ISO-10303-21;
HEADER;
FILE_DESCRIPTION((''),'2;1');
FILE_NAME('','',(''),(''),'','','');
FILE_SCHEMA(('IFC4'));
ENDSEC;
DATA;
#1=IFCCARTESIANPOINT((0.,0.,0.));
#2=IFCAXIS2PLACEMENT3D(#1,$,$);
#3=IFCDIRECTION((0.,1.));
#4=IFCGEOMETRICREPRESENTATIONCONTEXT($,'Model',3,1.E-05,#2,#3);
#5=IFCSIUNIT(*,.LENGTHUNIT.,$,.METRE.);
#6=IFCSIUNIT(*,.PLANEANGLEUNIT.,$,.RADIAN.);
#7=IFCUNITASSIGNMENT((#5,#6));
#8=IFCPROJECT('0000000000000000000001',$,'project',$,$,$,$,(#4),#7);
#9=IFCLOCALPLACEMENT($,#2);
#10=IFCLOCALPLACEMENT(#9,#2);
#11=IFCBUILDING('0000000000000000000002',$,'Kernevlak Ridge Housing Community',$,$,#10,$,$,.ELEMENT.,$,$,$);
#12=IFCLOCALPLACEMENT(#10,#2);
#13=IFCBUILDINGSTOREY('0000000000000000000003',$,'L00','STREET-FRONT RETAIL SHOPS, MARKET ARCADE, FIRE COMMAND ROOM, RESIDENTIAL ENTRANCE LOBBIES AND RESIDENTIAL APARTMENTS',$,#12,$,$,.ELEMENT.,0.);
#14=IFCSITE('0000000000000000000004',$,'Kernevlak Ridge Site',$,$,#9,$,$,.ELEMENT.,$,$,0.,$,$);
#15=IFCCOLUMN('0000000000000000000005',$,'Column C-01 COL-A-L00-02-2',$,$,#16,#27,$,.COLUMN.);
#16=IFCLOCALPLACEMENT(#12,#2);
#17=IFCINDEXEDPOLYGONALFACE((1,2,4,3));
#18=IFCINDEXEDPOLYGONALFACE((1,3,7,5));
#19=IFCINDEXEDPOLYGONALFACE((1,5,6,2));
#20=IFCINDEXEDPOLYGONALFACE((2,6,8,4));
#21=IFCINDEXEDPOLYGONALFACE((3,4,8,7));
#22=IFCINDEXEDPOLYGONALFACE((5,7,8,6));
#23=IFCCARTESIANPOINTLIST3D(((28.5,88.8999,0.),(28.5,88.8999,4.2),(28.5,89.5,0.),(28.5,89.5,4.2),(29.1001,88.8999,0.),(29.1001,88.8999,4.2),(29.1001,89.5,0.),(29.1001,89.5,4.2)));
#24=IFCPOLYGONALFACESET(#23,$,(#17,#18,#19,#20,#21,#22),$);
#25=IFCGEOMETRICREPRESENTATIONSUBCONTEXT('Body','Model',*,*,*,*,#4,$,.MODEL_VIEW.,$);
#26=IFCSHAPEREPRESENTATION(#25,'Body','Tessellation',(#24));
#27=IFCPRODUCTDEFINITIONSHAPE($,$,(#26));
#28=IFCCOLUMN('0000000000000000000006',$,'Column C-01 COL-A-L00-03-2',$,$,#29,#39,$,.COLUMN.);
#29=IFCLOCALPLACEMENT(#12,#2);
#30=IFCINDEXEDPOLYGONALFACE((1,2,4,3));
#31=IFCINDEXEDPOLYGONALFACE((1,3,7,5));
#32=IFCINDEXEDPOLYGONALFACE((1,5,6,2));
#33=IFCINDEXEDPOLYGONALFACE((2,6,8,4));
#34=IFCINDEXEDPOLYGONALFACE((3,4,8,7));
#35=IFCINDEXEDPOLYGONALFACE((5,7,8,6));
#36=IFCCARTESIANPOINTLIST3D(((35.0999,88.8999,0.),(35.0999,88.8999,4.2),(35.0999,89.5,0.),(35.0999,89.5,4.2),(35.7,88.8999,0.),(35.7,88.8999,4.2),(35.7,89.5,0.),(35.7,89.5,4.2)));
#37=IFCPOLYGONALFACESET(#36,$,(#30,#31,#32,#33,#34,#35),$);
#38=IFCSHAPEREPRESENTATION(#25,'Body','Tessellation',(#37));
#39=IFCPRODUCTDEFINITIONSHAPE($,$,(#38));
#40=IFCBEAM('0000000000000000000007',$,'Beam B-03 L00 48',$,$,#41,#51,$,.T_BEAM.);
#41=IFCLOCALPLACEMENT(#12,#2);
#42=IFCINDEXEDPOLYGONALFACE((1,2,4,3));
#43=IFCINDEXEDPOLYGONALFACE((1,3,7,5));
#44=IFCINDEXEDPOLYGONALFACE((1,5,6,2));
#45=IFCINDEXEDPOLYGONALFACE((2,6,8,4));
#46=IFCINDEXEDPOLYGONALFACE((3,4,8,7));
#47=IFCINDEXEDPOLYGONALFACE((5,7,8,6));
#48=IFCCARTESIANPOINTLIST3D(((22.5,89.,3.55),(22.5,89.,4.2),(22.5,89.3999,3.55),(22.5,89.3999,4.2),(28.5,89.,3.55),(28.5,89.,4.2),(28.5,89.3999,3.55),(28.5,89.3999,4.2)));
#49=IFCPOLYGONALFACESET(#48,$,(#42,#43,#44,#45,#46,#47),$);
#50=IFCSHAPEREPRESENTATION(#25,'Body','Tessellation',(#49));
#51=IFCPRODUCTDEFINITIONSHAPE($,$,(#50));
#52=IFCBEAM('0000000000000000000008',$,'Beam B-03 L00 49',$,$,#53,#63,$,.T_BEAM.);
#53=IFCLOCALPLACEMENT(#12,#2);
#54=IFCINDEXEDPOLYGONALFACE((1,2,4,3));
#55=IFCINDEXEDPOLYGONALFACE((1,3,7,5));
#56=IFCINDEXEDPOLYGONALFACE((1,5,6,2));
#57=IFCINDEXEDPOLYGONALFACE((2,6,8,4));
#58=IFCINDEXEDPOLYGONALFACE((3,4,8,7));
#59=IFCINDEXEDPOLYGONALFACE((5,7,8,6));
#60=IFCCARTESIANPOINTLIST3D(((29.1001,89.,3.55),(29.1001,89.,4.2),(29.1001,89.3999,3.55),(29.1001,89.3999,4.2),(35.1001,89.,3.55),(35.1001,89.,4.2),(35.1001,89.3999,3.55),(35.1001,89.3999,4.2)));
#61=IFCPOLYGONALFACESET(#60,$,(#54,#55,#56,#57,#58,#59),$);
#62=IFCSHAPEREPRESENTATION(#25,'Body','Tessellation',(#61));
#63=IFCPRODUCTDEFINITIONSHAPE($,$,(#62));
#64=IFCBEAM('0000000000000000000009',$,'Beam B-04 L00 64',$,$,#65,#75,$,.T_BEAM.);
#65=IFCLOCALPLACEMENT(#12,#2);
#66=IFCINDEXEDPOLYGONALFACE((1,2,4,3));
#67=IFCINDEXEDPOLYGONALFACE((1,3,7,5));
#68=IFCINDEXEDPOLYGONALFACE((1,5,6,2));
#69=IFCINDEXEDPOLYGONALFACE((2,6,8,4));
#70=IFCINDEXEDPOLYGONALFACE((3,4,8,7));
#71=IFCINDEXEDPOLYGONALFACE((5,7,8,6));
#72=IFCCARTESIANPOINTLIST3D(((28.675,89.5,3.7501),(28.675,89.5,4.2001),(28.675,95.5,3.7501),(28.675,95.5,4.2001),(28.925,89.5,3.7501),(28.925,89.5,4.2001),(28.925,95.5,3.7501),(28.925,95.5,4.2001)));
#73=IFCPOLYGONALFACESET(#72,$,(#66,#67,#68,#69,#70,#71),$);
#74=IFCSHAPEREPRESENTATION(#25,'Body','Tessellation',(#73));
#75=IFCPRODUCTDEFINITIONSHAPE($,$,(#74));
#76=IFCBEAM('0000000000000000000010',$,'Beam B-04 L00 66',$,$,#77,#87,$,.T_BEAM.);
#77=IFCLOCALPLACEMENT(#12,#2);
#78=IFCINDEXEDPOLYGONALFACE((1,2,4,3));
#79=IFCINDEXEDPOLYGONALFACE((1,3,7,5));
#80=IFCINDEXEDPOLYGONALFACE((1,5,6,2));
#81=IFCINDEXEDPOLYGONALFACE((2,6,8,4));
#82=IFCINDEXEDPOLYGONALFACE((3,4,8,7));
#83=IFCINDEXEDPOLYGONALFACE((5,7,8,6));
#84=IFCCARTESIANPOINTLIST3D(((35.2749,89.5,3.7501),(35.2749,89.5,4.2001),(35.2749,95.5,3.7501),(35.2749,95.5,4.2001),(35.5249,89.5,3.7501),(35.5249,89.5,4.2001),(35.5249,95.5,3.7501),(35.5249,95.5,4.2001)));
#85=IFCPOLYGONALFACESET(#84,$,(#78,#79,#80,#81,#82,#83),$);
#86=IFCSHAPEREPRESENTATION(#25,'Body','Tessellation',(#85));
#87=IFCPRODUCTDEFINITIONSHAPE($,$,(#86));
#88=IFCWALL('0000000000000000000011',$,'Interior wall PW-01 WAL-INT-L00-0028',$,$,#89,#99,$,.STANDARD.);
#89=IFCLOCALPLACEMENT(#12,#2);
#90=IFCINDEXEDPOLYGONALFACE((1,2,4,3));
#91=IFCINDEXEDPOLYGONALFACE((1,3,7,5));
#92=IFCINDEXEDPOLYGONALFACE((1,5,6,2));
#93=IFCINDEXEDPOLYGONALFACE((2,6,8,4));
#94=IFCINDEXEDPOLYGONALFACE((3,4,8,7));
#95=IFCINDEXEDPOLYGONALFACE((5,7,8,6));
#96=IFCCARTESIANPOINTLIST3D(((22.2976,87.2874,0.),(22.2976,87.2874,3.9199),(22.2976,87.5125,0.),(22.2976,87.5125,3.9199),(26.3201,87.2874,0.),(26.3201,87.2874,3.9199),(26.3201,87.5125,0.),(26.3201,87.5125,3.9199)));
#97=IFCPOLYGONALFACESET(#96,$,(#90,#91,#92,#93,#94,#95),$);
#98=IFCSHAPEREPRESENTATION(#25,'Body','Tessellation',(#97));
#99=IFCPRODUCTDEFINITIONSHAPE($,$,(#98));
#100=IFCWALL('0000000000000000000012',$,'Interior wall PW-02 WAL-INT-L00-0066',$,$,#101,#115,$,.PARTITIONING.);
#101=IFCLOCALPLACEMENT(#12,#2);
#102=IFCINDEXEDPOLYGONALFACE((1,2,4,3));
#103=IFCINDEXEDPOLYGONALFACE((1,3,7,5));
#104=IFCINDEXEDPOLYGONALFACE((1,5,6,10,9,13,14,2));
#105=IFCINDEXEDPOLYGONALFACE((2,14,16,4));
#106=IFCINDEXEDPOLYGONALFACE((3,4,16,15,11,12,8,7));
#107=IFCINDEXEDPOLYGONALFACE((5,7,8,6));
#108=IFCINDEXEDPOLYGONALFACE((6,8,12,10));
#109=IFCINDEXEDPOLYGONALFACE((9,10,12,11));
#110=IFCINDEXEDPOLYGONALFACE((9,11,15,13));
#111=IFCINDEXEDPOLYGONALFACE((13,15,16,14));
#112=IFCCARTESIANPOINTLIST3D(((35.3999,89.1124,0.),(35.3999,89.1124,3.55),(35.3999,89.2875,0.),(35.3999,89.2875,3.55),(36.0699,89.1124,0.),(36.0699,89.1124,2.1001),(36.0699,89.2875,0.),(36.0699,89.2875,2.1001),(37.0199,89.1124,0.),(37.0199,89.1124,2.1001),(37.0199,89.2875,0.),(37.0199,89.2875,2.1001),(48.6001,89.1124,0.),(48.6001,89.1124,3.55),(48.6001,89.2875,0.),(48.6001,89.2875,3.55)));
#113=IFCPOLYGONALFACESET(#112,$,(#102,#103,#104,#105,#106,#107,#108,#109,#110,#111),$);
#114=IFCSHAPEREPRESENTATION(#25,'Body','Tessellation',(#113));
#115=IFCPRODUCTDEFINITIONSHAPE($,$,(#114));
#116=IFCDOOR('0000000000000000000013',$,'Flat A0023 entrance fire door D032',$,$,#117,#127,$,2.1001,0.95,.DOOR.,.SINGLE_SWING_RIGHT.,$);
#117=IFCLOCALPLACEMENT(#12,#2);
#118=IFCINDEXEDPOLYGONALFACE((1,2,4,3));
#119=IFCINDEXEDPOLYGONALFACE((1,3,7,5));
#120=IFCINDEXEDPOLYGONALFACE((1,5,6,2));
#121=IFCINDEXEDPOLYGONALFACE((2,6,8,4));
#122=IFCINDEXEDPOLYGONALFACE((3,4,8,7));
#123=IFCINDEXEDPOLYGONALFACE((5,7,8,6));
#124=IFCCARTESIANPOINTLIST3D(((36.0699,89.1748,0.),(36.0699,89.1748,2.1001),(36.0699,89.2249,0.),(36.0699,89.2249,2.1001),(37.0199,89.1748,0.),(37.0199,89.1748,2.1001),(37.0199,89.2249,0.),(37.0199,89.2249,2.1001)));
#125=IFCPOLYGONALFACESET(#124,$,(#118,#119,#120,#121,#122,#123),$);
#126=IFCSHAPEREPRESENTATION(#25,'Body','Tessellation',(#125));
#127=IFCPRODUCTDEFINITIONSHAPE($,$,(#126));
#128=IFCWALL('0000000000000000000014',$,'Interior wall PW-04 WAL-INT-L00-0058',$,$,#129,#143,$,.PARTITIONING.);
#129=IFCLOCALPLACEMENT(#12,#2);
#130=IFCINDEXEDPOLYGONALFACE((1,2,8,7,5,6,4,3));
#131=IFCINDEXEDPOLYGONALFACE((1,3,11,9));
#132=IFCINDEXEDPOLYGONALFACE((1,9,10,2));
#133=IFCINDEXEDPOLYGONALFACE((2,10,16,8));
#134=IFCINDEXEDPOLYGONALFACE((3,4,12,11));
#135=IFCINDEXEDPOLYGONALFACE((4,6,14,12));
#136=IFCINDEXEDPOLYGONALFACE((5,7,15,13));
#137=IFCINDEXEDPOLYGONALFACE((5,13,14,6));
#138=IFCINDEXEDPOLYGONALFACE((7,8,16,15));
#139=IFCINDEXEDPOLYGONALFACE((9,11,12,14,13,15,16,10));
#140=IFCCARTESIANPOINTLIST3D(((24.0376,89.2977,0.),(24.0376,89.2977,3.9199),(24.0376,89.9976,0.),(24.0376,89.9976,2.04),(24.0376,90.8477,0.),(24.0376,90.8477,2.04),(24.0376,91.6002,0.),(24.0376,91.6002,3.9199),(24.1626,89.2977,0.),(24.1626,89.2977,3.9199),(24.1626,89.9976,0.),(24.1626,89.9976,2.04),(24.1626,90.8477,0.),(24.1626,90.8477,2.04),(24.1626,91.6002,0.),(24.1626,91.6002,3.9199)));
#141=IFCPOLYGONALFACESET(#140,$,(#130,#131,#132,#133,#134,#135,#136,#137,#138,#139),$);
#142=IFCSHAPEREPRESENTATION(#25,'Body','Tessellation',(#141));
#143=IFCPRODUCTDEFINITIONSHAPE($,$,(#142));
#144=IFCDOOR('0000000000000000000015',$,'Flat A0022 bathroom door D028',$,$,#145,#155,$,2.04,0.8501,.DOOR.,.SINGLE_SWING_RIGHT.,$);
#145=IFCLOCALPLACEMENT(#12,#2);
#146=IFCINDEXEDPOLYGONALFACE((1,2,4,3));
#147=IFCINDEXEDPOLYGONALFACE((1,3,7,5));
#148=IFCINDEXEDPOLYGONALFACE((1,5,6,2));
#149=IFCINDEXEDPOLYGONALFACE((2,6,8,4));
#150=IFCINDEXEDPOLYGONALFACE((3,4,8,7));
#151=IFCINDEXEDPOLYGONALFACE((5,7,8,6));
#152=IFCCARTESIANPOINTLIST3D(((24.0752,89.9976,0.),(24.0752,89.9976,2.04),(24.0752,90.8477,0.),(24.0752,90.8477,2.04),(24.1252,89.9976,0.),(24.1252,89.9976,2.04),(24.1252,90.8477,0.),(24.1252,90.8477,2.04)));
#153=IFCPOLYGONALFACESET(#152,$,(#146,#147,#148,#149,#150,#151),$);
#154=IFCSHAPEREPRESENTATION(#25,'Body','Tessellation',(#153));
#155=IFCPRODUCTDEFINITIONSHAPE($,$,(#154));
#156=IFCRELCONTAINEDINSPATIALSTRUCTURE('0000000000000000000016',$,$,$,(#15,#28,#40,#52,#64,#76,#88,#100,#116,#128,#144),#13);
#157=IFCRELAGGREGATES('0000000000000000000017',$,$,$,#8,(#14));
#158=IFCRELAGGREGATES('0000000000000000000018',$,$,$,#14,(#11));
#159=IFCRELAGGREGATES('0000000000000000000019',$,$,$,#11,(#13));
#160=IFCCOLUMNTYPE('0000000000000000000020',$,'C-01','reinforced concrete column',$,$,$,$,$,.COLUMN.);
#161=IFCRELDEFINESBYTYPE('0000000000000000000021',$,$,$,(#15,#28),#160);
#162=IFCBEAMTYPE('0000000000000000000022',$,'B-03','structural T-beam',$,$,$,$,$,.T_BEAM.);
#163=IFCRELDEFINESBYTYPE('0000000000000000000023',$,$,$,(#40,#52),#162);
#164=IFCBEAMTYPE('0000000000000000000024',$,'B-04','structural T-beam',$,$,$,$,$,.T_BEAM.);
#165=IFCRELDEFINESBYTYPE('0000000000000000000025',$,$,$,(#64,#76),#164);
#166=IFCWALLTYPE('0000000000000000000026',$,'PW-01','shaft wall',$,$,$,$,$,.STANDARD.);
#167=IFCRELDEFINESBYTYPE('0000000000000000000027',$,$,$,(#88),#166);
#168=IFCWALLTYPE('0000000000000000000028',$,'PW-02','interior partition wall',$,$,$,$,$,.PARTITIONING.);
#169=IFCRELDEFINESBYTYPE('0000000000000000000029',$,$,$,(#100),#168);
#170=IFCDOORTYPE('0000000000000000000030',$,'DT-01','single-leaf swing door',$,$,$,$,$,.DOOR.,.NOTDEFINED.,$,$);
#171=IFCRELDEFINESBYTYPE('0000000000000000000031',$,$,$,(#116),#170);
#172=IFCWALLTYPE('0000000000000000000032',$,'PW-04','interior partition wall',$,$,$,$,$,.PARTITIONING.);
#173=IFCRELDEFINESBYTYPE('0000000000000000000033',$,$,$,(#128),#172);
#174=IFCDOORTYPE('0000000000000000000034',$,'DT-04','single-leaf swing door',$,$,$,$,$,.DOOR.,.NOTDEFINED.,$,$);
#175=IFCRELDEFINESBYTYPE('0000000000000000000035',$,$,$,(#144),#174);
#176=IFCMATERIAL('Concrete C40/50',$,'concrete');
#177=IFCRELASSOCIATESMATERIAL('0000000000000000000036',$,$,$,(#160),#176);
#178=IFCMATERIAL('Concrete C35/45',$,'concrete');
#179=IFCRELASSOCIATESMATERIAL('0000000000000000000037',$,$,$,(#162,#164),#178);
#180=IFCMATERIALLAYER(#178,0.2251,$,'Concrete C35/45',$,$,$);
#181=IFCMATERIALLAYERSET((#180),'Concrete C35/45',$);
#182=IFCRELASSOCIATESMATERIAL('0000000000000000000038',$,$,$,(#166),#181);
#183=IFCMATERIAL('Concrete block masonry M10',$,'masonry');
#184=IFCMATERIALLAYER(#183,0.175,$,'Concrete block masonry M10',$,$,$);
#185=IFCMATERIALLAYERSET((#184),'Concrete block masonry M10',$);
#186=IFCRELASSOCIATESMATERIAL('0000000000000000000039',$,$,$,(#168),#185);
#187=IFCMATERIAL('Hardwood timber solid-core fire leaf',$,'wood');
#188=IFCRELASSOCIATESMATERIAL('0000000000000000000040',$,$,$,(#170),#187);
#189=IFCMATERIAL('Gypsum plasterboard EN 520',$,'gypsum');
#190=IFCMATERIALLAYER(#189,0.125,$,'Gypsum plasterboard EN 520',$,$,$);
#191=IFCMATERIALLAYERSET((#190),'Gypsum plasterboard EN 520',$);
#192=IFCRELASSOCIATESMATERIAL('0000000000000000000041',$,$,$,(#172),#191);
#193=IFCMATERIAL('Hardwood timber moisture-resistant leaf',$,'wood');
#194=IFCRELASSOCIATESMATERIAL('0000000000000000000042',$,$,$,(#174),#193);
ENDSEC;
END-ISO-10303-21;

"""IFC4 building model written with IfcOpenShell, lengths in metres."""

from ifc_helpers import new_model, si_unit, direction, frame, frame_2d, origin, origin_2d, place, context, subcontext, project, spatial, rectangle, extrude, material, layer, layer_set, material_profile, profile_set, type_object, element, fill, save


model = new_model("IFC4")

# Units and contexts
model_context = context("Model", 3, precision=1e-05, world=origin(), true_north=direction((0.0, 1.0)))
body_context = subcontext(model_context, "Body", "Model", "MODEL_VIEW")
ifc_project = project(units=[si_unit("LENGTHUNIT", "METRE"), si_unit("PLANEANGLEUNIT", "RADIAN")], contexts=[model_context])

# Site, building, storey
site_placement = place(None, origin())
site = spatial("IfcSite", under=ifc_project, at=site_placement, Name="Kernevlak Ridge Site", CompositionType="ELEMENT", RefElevation=0.0)
building_placement = place(site_placement, origin())
building = spatial("IfcBuilding", under=site, at=building_placement, Name="Kernevlak Ridge Housing Community", CompositionType="ELEMENT")
storey_placement = place(building_placement, origin())
storey = spatial("IfcBuildingStorey", under=building, at=storey_placement, Name="L00", Description="STREET-FRONT RETAIL SHOPS, MARKET ARCADE, FIRE COMMAND ROOM, RESIDENTIAL ENTRANCE LOBBIES AND RESIDENTIAL APARTMENTS", CompositionType="ELEMENT", Elevation=0.0)

# Columns
ifc_material_1 = material(Name="Concrete C40/50", Category="concrete")
ifc_material_profile_1 = material_profile(ifc_material_1, rectangle(XDim=0.6001, YDim=0.6001, at=origin_2d()), Name="RC 600x600")
ifc_profile_set_1 = profile_set([ifc_material_profile_1], Name="Concrete C40/50")
column_type = type_object("IfcColumnType", Name="C-01", Description="reinforced concrete column", PredefinedType="COLUMN", material=ifc_profile_set_1)
for number, where, z_axis, x_axis, name in (
    (1, (28.8, 89.2, 0.0), (0.0, 0.0, 1.0), (1.0, 0.0, 0.0), "Column C-01 COL-A-L00-02-2"),
    (2, (35.3999, 89.2, 0.0), (0.0, 0.0, 1.0), (1.0, 0.0, 0.0), "Column C-01 COL-A-L00-03-2"),
):
    element("IfcColumn", number, at=place(storey_placement, frame(where, z_axis=z_axis, x_axis=x_axis)), inside=storey, type_object=column_type, Name=name, PredefinedType="COLUMN", context=body_context, shape_type="SweptSolid", body=[
        extrude(rectangle(XDim=0.6001, YDim=0.6001, at=origin_2d()), origin(), (0.0, 0.0, 1.0), 4.2),
    ])

# Beams
ifc_material_2 = material(Name="Concrete C35/45", Category="concrete")
ifc_material_profile_2 = material_profile(ifc_material_2, rectangle(XDim=0.3999, YDim=0.6499, at=origin_2d()), Name="RC 400x650")
ifc_profile_set_2 = profile_set([ifc_material_profile_2], Name="Concrete C35/45")
beam_type_1 = type_object("IfcBeamType", Name="B-03", Description="structural T-beam", PredefinedType="T_BEAM", material=ifc_profile_set_2)
for number, where, z_axis, x_axis, name in (
    (3, (22.5, 89.2, 3.875), (1.0, 0.0, 0.0), (0.0, 1.0, 0.0), "Beam B-03 L00 48"),
    (4, (29.1001, 89.2, 3.875), (1.0, 0.0, 0.0), (0.0, 1.0, 0.0), "Beam B-03 L00 49"),
):
    element("IfcBeam", number, at=place(storey_placement, frame(where, z_axis=z_axis, x_axis=x_axis)), inside=storey, type_object=beam_type_1, Name=name, PredefinedType="T_BEAM", context=body_context, shape_type="SweptSolid", body=[
        extrude(rectangle(XDim=0.3999, YDim=0.6499, at=origin_2d()), origin(), (0.0, 0.0, 1.0), 6.0),
    ])
ifc_material_profile_3 = material_profile(ifc_material_2, rectangle(XDim=0.25, YDim=0.45, at=origin_2d()), Name="RC 250x450")
ifc_profile_set_3 = profile_set([ifc_material_profile_3], Name="Concrete C35/45")
beam_type_2 = type_object("IfcBeamType", Name="B-04", Description="structural T-beam", PredefinedType="T_BEAM", material=ifc_profile_set_3)
for number, where, z_axis, x_axis, name in (
    (5, (28.8, 89.5, 3.9751), (0.0, 1.0, 0.0), (-1.0, 0.0, 0.0), "Beam B-04 L00 64"),
    (6, (35.3999, 89.5, 3.9751), (0.0, 1.0, 0.0), (-1.0, 0.0, 0.0), "Beam B-04 L00 66"),
):
    element("IfcBeam", number, at=place(storey_placement, frame(where, z_axis=z_axis, x_axis=x_axis)), inside=storey, type_object=beam_type_2, Name=name, PredefinedType="T_BEAM", context=body_context, shape_type="SweptSolid", body=[
        extrude(rectangle(XDim=0.25, YDim=0.45, at=origin_2d()), origin(), (0.0, 0.0, 1.0), 6.0),
    ])

# Wall
ifc_layer_1 = layer(ifc_material_2, 0.2251, Name="Concrete C35/45")
ifc_layer_set_1 = layer_set([ifc_layer_1], Name="Concrete C35/45")
wall_type_1 = type_object("IfcWallType", Name="PW-01", Description="shaft wall", PredefinedType="STANDARD", material=ifc_layer_set_1)
wall_1_placement = place(storey_placement, frame((22.2976, 87.3999, 0.0), z_axis=(0.0, 0.0, 1.0), x_axis=(1.0, 0.0, 0.0)))
element("IfcWall", 7, at=wall_1_placement, inside=storey, type_object=wall_type_1, Name="Interior wall PW-01 WAL-INT-L00-0028", PredefinedType="STANDARD", context=body_context, shape_type="SweptSolid", body=[
    extrude(rectangle(XDim=4.0225, YDim=0.2251, at=frame_2d((2.0112, 0.0))), origin(), (0.0, 0.0, 1.0), 3.9199),
])

# Walls, openings, doors
ifc_material_3 = material(Name="Concrete block masonry M10", Category="masonry")
ifc_layer_2 = layer(ifc_material_3, 0.175, Name="Concrete block masonry M10")
ifc_layer_set_2 = layer_set([ifc_layer_2], Name="Concrete block masonry M10")
wall_type_2 = type_object("IfcWallType", Name="PW-02", Description="interior partition wall", PredefinedType="PARTITIONING", material=ifc_layer_set_2)
wall_2_placement = place(storey_placement, frame((35.3999, 89.2, 0.0), z_axis=(0.0, 0.0, 1.0), x_axis=(1.0, 0.0, 0.0)))
wall_2 = element("IfcWall", 8, at=wall_2_placement, inside=storey, type_object=wall_type_2, Name="Interior wall PW-02 WAL-INT-L00-0066", PredefinedType="PARTITIONING", context=body_context, shape_type="SweptSolid", body=[
    extrude(rectangle(XDim=13.2002, YDim=0.175, at=frame_2d((6.6001, 0.0))), origin(), (0.0, 0.0, 1.0), 3.55),
])
opening_1_placement = place(wall_2_placement, frame((0.6699, 0.0, 0.0)))
opening_1 = element("IfcOpeningElement", 9, at=opening_1_placement, cuts=wall_2, PredefinedType="OPENING", context=body_context, shape_type="SweptSolid", body=[
    extrude(rectangle(XDim=0.95, YDim=2.1001, at=frame_2d((0.4751, 1.05))), frame((0.0, 0.0974, 0.0), z_axis=(0.0, -1.0, 0.0), x_axis=(1.0, 0.0, 0.0)), (0.0, 0.0, 1.0), 0.1951),
])
ifc_material_4 = material(Name="Hardwood timber solid-core fire leaf", Category="wood")
door_type_1 = type_object("IfcDoorType", Name="DT-01", Description="single-leaf swing door", OperationType="NOTDEFINED", PredefinedType="DOOR", material=ifc_material_4)
door_1_placement = place(opening_1_placement, origin())
door_1 = element("IfcDoor", 10, at=door_1_placement, inside=storey, type_object=door_type_1, Name="Flat A0023 entrance fire door D032", OperationType="SINGLE_SWING_RIGHT", OverallHeight=2.1001, OverallWidth=0.95, PredefinedType="DOOR", context=body_context, shape_type="SweptSolid", body=[
    extrude(rectangle(XDim=0.95, YDim=2.1001, at=frame_2d((0.4751, 1.05))), frame((0.0, 0.0249, 0.0), z_axis=(0.0, -1.0, 0.0), x_axis=(1.0, 0.0, 0.0)), (0.0, 0.0, 1.0), 0.05),
])
fill(opening_1, door_1)
ifc_material_5 = material(Name="Gypsum plasterboard EN 520", Category="gypsum")
ifc_layer_3 = layer(ifc_material_5, 0.125, Name="Gypsum plasterboard EN 520")
ifc_layer_set_3 = layer_set([ifc_layer_3], Name="Gypsum plasterboard EN 520")
wall_type_3 = type_object("IfcWallType", Name="PW-04", Description="interior partition wall", PredefinedType="PARTITIONING", material=ifc_layer_set_3)
wall_3_placement = place(storey_placement, frame((24.1001, 89.2976, 0.0), z_axis=(0.0, 0.0, 1.0), x_axis=(0.0, 1.0, 0.0)))
wall_3 = element("IfcWall", 11, at=wall_3_placement, inside=storey, type_object=wall_type_3, Name="Interior wall PW-04 WAL-INT-L00-0058", PredefinedType="PARTITIONING", context=body_context, shape_type="SweptSolid", body=[
    extrude(rectangle(XDim=2.3025, YDim=0.125, at=frame_2d((1.1514, 0.0))), origin(), (0.0, 0.0, 1.0), 3.9199),
])
opening_2_placement = place(wall_3_placement, frame((0.7, 0.0, 0.0)))
opening_2 = element("IfcOpeningElement", 12, at=opening_2_placement, cuts=wall_3, PredefinedType="OPENING", context=body_context, shape_type="SweptSolid", body=[
    extrude(rectangle(XDim=0.8501, YDim=2.04, at=frame_2d((0.425, 1.02))), frame((0.0, 0.0725, 0.0), z_axis=(0.0, -1.0, 0.0), x_axis=(1.0, 0.0, 0.0)), (0.0, 0.0, 1.0), 0.145),
])
ifc_material_6 = material(Name="Hardwood timber moisture-resistant leaf", Category="wood")
door_type_2 = type_object("IfcDoorType", Name="DT-04", Description="single-leaf swing door", OperationType="NOTDEFINED", PredefinedType="DOOR", material=ifc_material_6)
door_2_placement = place(opening_2_placement, origin())
door_2 = element("IfcDoor", 13, at=door_2_placement, inside=storey, type_object=door_type_2, Name="Flat A0022 bathroom door D028", OperationType="SINGLE_SWING_RIGHT", OverallHeight=2.04, OverallWidth=0.8501, PredefinedType="DOOR", context=body_context, shape_type="SweptSolid", body=[
    extrude(rectangle(XDim=0.8501, YDim=2.04, at=frame_2d((0.425, 1.02))), frame((0.0, 0.0249, 0.0), z_axis=(0.0, -1.0, 0.0), x_axis=(1.0, 0.0, 0.0)), (0.0, 0.0, 1.0), 0.05),
])
fill(opening_2, door_2)

save(model, "model.ifc")
